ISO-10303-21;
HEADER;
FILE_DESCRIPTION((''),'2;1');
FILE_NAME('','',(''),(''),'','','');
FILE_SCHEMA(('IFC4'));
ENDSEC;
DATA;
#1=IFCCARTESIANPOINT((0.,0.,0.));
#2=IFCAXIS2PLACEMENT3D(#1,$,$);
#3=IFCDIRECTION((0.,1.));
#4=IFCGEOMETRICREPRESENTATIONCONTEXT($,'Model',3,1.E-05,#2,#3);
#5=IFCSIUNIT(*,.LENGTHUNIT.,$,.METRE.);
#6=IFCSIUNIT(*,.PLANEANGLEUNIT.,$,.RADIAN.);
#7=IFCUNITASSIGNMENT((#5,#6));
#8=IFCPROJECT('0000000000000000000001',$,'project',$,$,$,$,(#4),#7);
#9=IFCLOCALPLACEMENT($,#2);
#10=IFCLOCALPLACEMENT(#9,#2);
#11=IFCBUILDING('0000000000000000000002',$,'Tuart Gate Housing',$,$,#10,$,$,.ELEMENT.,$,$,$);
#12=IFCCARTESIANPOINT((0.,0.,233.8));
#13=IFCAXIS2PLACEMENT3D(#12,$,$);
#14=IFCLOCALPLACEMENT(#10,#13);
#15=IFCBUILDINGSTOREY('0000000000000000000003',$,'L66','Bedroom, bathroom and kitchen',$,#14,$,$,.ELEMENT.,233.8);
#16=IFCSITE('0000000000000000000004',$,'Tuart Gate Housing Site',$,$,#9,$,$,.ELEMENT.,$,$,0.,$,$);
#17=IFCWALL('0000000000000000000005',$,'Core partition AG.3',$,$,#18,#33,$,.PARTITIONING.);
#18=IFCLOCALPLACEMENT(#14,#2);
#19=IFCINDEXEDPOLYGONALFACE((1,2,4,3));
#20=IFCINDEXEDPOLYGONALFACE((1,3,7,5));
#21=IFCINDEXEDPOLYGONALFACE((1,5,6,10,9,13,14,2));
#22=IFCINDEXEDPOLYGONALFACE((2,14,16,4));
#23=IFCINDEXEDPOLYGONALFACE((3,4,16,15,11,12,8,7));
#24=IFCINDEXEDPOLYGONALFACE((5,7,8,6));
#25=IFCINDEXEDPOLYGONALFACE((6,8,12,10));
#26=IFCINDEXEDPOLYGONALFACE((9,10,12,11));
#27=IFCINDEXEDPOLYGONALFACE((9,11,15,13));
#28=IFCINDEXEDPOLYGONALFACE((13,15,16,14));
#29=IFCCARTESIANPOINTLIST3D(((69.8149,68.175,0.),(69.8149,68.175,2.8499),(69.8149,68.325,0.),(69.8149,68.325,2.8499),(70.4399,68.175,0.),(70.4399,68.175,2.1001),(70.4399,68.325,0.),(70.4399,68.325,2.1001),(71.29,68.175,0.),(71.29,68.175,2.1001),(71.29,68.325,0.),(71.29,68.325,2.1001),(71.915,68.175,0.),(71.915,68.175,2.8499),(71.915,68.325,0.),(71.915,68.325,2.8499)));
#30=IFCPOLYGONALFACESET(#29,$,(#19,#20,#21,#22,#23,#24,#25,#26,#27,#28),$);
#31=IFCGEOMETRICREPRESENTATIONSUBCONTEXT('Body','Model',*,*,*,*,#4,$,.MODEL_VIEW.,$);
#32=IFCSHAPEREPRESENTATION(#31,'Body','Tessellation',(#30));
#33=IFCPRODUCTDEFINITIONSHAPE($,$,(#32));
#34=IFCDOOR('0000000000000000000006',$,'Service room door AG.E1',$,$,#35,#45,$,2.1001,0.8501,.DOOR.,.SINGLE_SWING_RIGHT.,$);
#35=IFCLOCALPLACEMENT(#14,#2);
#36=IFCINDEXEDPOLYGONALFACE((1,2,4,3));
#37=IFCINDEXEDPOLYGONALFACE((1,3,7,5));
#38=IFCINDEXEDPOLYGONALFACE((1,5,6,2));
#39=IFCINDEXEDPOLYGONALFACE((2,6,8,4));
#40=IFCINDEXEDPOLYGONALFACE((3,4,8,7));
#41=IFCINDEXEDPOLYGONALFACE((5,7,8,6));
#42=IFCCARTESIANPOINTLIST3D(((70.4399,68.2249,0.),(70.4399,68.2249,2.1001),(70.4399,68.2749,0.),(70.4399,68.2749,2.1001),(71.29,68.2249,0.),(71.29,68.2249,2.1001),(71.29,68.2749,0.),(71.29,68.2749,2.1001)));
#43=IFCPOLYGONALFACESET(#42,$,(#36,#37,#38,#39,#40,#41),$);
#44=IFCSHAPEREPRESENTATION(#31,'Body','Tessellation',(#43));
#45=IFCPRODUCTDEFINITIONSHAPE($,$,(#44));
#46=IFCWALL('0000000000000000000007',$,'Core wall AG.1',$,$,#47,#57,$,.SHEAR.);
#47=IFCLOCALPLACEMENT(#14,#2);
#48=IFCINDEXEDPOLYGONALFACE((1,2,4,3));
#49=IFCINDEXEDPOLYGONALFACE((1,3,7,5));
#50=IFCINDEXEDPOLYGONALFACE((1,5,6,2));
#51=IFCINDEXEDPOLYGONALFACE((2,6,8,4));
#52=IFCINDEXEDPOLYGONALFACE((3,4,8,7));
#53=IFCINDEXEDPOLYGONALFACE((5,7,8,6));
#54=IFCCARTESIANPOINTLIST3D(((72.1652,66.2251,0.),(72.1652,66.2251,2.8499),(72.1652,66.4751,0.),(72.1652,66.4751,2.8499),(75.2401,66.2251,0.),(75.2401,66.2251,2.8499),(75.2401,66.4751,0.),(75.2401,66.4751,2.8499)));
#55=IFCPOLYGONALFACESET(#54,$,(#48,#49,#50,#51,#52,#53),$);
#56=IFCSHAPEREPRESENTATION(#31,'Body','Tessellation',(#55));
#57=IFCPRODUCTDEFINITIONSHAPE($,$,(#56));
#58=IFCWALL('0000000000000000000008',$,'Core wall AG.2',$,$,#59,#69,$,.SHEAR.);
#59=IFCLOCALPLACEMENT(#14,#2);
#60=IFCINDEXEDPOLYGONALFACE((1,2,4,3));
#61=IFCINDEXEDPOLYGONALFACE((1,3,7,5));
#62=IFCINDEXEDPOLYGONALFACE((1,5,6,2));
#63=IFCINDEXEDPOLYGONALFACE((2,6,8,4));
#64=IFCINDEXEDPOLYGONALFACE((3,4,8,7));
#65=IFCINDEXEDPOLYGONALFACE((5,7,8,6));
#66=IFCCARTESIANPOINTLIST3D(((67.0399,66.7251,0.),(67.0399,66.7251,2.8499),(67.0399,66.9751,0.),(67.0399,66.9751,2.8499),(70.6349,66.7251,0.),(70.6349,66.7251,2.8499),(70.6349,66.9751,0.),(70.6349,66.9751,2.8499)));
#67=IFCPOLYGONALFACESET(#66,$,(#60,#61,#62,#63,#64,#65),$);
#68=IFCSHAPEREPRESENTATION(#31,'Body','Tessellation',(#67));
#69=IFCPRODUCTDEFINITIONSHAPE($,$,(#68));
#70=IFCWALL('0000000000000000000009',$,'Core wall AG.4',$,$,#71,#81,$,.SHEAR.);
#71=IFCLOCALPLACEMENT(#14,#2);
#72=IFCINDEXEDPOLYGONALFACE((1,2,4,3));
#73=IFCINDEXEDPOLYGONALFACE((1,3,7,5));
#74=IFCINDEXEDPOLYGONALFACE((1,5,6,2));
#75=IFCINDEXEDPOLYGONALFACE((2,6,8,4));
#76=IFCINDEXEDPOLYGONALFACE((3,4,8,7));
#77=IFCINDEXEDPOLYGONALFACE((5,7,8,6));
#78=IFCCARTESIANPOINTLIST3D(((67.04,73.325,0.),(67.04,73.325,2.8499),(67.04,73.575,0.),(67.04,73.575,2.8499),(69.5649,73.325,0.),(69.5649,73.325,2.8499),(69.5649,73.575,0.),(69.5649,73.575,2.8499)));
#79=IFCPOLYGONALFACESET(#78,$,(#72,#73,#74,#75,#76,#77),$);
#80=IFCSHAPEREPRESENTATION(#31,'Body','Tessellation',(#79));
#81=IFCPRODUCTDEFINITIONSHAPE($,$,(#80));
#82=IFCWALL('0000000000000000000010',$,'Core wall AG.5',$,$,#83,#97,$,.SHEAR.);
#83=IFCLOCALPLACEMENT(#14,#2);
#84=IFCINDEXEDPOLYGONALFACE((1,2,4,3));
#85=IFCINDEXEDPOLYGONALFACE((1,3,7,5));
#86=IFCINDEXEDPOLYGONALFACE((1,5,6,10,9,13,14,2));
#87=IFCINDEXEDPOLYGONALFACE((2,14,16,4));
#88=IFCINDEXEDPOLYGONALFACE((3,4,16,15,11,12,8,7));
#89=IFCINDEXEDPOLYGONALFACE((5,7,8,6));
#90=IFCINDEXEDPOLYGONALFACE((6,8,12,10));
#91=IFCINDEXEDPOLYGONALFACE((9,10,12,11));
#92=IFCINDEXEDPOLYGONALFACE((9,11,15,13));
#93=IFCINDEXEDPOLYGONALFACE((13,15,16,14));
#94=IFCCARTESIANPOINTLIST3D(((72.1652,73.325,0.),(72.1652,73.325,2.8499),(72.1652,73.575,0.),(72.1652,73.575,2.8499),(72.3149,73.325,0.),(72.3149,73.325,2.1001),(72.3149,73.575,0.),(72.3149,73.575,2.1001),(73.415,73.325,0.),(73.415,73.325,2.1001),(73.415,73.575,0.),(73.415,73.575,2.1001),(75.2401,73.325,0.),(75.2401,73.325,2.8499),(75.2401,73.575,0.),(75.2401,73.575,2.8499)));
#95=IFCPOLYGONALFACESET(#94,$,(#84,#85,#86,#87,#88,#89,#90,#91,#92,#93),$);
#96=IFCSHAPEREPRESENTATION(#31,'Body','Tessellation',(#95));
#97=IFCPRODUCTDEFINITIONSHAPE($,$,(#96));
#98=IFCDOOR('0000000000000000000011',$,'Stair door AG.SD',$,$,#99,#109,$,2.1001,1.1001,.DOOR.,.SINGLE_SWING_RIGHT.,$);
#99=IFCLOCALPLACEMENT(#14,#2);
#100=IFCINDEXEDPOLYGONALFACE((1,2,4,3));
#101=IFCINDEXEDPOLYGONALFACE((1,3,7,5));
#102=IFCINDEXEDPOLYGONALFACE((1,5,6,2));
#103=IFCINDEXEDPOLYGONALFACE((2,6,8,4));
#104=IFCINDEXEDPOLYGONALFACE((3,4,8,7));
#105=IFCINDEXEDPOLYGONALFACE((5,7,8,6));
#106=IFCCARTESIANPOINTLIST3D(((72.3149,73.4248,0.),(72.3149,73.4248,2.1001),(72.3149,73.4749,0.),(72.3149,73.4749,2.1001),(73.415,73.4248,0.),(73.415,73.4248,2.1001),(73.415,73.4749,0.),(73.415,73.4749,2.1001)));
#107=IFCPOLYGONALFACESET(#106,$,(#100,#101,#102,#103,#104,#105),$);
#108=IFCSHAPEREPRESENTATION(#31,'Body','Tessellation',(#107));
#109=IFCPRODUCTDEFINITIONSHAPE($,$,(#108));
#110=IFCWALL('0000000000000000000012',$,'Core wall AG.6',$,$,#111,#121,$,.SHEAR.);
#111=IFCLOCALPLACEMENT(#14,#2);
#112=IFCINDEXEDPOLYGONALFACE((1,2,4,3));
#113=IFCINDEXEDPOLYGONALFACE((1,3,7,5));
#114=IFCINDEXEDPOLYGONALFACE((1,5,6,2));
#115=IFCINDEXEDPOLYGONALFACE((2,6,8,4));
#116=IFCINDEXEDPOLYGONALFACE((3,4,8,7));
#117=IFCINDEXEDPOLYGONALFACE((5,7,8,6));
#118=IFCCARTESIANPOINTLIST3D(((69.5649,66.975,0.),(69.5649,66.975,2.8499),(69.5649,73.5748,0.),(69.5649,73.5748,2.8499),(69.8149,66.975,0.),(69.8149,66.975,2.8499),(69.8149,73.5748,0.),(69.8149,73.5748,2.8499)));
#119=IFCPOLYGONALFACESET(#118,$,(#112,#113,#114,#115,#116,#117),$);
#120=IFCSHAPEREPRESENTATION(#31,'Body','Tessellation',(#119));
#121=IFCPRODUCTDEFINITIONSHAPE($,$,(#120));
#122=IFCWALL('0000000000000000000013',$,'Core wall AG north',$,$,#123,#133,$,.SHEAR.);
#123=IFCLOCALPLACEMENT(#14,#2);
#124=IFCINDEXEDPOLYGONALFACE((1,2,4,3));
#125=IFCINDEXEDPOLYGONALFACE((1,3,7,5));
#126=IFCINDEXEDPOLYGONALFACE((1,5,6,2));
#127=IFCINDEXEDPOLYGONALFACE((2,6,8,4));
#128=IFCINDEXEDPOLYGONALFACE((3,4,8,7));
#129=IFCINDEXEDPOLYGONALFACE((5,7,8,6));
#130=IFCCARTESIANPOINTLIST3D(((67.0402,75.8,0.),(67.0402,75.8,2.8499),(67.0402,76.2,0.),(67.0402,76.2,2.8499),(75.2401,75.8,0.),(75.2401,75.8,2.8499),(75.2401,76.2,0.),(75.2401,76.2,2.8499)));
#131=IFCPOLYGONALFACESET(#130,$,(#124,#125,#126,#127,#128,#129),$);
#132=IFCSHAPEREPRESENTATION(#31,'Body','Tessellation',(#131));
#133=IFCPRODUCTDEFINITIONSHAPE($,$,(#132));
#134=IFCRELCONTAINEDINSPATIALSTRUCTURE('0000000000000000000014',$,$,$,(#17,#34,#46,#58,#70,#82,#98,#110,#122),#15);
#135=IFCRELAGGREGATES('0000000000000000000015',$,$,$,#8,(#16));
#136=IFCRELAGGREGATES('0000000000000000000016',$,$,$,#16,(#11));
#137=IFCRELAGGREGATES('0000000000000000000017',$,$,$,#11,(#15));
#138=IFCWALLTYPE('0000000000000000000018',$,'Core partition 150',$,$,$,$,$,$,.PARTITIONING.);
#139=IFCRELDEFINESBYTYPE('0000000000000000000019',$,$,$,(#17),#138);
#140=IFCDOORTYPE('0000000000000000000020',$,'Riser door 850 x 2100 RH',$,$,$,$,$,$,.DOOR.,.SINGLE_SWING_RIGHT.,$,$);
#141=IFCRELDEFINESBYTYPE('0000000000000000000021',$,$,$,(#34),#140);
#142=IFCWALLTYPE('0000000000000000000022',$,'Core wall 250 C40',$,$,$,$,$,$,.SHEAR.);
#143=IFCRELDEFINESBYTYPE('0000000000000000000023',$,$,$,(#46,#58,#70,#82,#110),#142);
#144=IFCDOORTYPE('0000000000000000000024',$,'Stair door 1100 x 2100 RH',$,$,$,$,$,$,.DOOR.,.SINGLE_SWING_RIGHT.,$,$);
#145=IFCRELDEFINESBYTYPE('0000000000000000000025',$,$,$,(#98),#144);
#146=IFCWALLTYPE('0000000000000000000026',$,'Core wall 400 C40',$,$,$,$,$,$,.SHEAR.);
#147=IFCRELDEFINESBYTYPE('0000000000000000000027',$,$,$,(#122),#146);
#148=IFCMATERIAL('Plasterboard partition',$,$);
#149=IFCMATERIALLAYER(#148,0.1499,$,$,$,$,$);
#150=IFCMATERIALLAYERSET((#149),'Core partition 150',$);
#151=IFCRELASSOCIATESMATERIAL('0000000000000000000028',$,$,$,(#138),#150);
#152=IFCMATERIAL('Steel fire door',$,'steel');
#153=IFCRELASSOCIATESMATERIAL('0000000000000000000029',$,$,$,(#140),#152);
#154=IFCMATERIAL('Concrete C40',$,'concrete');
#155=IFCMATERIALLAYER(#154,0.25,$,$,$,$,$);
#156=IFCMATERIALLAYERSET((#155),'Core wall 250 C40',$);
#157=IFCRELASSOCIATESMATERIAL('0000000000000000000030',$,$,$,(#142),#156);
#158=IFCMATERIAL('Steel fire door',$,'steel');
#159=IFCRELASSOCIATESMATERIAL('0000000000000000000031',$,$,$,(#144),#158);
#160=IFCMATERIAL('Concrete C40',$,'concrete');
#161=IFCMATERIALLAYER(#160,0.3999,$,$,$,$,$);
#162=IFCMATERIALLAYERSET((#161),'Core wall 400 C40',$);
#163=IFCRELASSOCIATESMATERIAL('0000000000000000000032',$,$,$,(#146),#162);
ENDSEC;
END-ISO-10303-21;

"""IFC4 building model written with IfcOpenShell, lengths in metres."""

from ifc_helpers import new_model, si_unit, direction, frame, frame_2d, origin, place, context, subcontext, project, spatial, rectangle, extrude, material, layer, layer_set, type_object, element, fill, save


model = new_model("IFC4")

# Units and contexts
model_context = context("Model", 3, precision=1e-05, world=origin(), true_north=direction((0.0, 1.0)))
body_context = subcontext(model_context, "Body", "Model", "MODEL_VIEW")
ifc_project = project(units=[si_unit("LENGTHUNIT", "METRE"), si_unit("PLANEANGLEUNIT", "RADIAN")], contexts=[model_context])

# Site, building, storey
site_placement = place(None, origin())
site = spatial("IfcSite", under=ifc_project, at=site_placement, Name="Tuart Gate Housing Site", CompositionType="ELEMENT", RefElevation=0.0)
building_placement = place(site_placement, origin())
building = spatial("IfcBuilding", under=site, at=building_placement, Name="Tuart Gate Housing", CompositionType="ELEMENT")
storey_placement = place(building_placement, frame((0.0, 0.0, 233.8)))
storey = spatial("IfcBuildingStorey", under=building, at=storey_placement, Name="L66", Description="Bedroom, bathroom and kitchen", CompositionType="ELEMENT", Elevation=233.8)

# Wall, opening, door
ifc_material_1 = material(Name="Plasterboard partition")
ifc_layer_1 = layer(ifc_material_1, 0.1499)
ifc_layer_set_1 = layer_set([ifc_layer_1], Name="Core partition 150")
wall_type_1 = type_object("IfcWallType", Name="Core partition 150", PredefinedType="PARTITIONING", material=ifc_layer_set_1)
wall_1_placement = place(storey_placement, frame((69.8149, 68.25, 0.0), z_axis=(0.0, 0.0, 1.0), x_axis=(1.0, 0.0, 0.0)))
wall_1 = element("IfcWall", 1, at=wall_1_placement, inside=storey, type_object=wall_type_1, Name="Core partition AG.3", PredefinedType="PARTITIONING", context=body_context, shape_type="SweptSolid", body=[
    extrude(rectangle(XDim=2.1001, YDim=0.1499, at=frame_2d((1.05, 0.0))), origin(), (0.0, 0.0, 1.0), 2.8499),
])
opening_1_placement = place(wall_1_placement, frame((0.625, 0.0, 0.0)))
opening_1 = element("IfcOpeningElement", 2, at=opening_1_placement, cuts=wall_1, PredefinedType="OPENING", context=body_context, shape_type="SweptSolid", body=[
    extrude(rectangle(XDim=0.8501, YDim=2.1001, at=frame_2d((0.425, 1.05))), frame((0.0, 0.085, 0.0), z_axis=(0.0, -1.0, 0.0), x_axis=(1.0, 0.0, 0.0)), (0.0, 0.0, 1.0), 0.1699),
])
ifc_material_2 = material(Name="Steel fire door", Category="steel")
door_type_1 = type_object("IfcDoorType", Name="Riser door 850 x 2100 RH", OperationType="SINGLE_SWING_RIGHT", PredefinedType="DOOR", material=ifc_material_2)
door_1_placement = place(opening_1_placement, frame((0.8501, 0.0, 0.0), z_axis=(0.0, 0.0, 1.0), x_axis=(-1.0, 0.0, 0.0)))
door_1 = element("IfcDoor", 3, at=door_1_placement, inside=storey, type_object=door_type_1, Name="Service room door AG.E1", OperationType="SINGLE_SWING_RIGHT", OverallHeight=2.1001, OverallWidth=0.8501, PredefinedType="DOOR", context=body_context, shape_type="SweptSolid", body=[
    extrude(rectangle(XDim=0.8501, YDim=2.1001, at=frame_2d((0.425, 1.05))), frame((0.0, 0.0251, 0.0), z_axis=(0.0, -1.0, 0.0), x_axis=(1.0, 0.0, 0.0)), (0.0, 0.0, 1.0), 0.05),
])
fill(opening_1, door_1)

# Walls
ifc_material_3 = material(Name="Concrete C40", Category="concrete")
ifc_layer_2 = layer(ifc_material_3, 0.25)
ifc_layer_set_2 = layer_set([ifc_layer_2], Name="Core wall 250 C40")
wall_type_2 = type_object("IfcWallType", Name="Core wall 250 C40", PredefinedType="SHEAR", material=ifc_layer_set_2)
wall_2_placement = place(storey_placement, frame((72.165, 66.3501, 0.0), z_axis=(0.0, 0.0, 1.0), x_axis=(1.0, 0.0, 0.0)))
element("IfcWall", 4, at=wall_2_placement, inside=storey, type_object=wall_type_2, Name="Core wall AG.1", PredefinedType="SHEAR", context=body_context, shape_type="SweptSolid", body=[
    extrude(rectangle(XDim=3.075, YDim=0.25, at=frame_2d((1.5376, 0.0))), origin(), (0.0, 0.0, 1.0), 2.8499),
])
wall_3_placement = place(storey_placement, frame((67.04, 66.8501, 0.0), z_axis=(0.0, 0.0, 1.0), x_axis=(1.0, 0.0, 0.0)))
element("IfcWall", 5, at=wall_3_placement, inside=storey, type_object=wall_type_2, Name="Core wall AG.2", PredefinedType="SHEAR", context=body_context, shape_type="SweptSolid", body=[
    extrude(rectangle(XDim=3.595, YDim=0.25, at=frame_2d((1.7974, 0.0))), origin(), (0.0, 0.0, 1.0), 2.8499),
])
wall_4_placement = place(storey_placement, frame((67.04, 73.45, 0.0), z_axis=(0.0, 0.0, 1.0), x_axis=(1.0, 0.0, 0.0)))
element("IfcWall", 6, at=wall_4_placement, inside=storey, type_object=wall_type_2, Name="Core wall AG.4", PredefinedType="SHEAR", context=body_context, shape_type="SweptSolid", body=[
    extrude(rectangle(XDim=2.5249, YDim=0.25, at=frame_2d((1.2625, 0.0))), origin(), (0.0, 0.0, 1.0), 2.8499),
])

# Wall, opening, door
wall_5_placement = place(storey_placement, frame((72.165, 73.45, 0.0), z_axis=(0.0, 0.0, 1.0), x_axis=(1.0, 0.0, 0.0)))
wall_5 = element("IfcWall", 7, at=wall_5_placement, inside=storey, type_object=wall_type_2, Name="Core wall AG.5", PredefinedType="SHEAR", context=body_context, shape_type="SweptSolid", body=[
    extrude(rectangle(XDim=3.075, YDim=0.25, at=frame_2d((1.5376, 0.0))), origin(), (0.0, 0.0, 1.0), 2.8499),
])
opening_2_placement = place(wall_5_placement, frame((0.1499, 0.0, 0.0)))
opening_2 = element("IfcOpeningElement", 8, at=opening_2_placement, cuts=wall_5, PredefinedType="OPENING", context=body_context, shape_type="SweptSolid", body=[
    extrude(rectangle(XDim=1.1001, YDim=2.1001, at=frame_2d((0.55, 1.05))), frame((0.0, 0.135, 0.0), z_axis=(0.0, -1.0, 0.0), x_axis=(1.0, 0.0, 0.0)), (0.0, 0.0, 1.0), 0.27),
])
ifc_material_4 = material(Name="Steel fire door", Category="steel")
door_type_2 = type_object("IfcDoorType", Name="Stair door 1100 x 2100 RH", OperationType="SINGLE_SWING_RIGHT", PredefinedType="DOOR", material=ifc_material_4)
door_2_placement = place(opening_2_placement, frame((1.1001, 0.0, 0.0), z_axis=(0.0, 0.0, 1.0), x_axis=(-1.0, 0.0, 0.0)))
door_2 = element("IfcDoor", 9, at=door_2_placement, inside=storey, type_object=door_type_2, Name="Stair door AG.SD", OperationType="SINGLE_SWING_RIGHT", OverallHeight=2.1001, OverallWidth=1.1001, PredefinedType="DOOR", context=body_context, shape_type="SweptSolid", body=[
    extrude(rectangle(XDim=1.1001, YDim=2.1001, at=frame_2d((0.55, 1.05))), frame((0.0, 0.0251, 0.0), z_axis=(0.0, -1.0, 0.0), x_axis=(1.0, 0.0, 0.0)), (0.0, 0.0, 1.0), 0.05),
])
fill(opening_2, door_2)

# Walls
wall_6_placement = place(storey_placement, frame((69.6899, 66.9751, 0.0), z_axis=(0.0, 0.0, 1.0), x_axis=(0.0, 1.0, 0.0)))
element("IfcWall", 10, at=wall_6_placement, inside=storey, type_object=wall_type_2, Name="Core wall AG.6", PredefinedType="SHEAR", context=body_context, shape_type="SweptSolid", body=[
    extrude(rectangle(XDim=6.5999, YDim=0.25, at=frame_2d((3.2998, 0.0))), origin(), (0.0, 0.0, 1.0), 2.8499),
])
ifc_material_5 = material(Name="Concrete C40", Category="concrete")
ifc_layer_3 = layer(ifc_material_5, 0.3999)
ifc_layer_set_3 = layer_set([ifc_layer_3], Name="Core wall 400 C40")
wall_type_3 = type_object("IfcWallType", Name="Core wall 400 C40", PredefinedType="SHEAR", material=ifc_layer_set_3)
wall_7_placement = place(storey_placement, frame((67.04, 76.0, 0.0), z_axis=(0.0, 0.0, 1.0), x_axis=(1.0, 0.0, 0.0)))
element("IfcWall", 11, at=wall_7_placement, inside=storey, type_object=wall_type_3, Name="Core wall AG north", PredefinedType="SHEAR", context=body_context, shape_type="SweptSolid", body=[
    extrude(rectangle(XDim=8.2, YDim=0.3999, at=frame_2d((4.1001, 0.0))), origin(), (0.0, 0.0, 1.0), 2.8499),
])

save(model, "model.ifc")
